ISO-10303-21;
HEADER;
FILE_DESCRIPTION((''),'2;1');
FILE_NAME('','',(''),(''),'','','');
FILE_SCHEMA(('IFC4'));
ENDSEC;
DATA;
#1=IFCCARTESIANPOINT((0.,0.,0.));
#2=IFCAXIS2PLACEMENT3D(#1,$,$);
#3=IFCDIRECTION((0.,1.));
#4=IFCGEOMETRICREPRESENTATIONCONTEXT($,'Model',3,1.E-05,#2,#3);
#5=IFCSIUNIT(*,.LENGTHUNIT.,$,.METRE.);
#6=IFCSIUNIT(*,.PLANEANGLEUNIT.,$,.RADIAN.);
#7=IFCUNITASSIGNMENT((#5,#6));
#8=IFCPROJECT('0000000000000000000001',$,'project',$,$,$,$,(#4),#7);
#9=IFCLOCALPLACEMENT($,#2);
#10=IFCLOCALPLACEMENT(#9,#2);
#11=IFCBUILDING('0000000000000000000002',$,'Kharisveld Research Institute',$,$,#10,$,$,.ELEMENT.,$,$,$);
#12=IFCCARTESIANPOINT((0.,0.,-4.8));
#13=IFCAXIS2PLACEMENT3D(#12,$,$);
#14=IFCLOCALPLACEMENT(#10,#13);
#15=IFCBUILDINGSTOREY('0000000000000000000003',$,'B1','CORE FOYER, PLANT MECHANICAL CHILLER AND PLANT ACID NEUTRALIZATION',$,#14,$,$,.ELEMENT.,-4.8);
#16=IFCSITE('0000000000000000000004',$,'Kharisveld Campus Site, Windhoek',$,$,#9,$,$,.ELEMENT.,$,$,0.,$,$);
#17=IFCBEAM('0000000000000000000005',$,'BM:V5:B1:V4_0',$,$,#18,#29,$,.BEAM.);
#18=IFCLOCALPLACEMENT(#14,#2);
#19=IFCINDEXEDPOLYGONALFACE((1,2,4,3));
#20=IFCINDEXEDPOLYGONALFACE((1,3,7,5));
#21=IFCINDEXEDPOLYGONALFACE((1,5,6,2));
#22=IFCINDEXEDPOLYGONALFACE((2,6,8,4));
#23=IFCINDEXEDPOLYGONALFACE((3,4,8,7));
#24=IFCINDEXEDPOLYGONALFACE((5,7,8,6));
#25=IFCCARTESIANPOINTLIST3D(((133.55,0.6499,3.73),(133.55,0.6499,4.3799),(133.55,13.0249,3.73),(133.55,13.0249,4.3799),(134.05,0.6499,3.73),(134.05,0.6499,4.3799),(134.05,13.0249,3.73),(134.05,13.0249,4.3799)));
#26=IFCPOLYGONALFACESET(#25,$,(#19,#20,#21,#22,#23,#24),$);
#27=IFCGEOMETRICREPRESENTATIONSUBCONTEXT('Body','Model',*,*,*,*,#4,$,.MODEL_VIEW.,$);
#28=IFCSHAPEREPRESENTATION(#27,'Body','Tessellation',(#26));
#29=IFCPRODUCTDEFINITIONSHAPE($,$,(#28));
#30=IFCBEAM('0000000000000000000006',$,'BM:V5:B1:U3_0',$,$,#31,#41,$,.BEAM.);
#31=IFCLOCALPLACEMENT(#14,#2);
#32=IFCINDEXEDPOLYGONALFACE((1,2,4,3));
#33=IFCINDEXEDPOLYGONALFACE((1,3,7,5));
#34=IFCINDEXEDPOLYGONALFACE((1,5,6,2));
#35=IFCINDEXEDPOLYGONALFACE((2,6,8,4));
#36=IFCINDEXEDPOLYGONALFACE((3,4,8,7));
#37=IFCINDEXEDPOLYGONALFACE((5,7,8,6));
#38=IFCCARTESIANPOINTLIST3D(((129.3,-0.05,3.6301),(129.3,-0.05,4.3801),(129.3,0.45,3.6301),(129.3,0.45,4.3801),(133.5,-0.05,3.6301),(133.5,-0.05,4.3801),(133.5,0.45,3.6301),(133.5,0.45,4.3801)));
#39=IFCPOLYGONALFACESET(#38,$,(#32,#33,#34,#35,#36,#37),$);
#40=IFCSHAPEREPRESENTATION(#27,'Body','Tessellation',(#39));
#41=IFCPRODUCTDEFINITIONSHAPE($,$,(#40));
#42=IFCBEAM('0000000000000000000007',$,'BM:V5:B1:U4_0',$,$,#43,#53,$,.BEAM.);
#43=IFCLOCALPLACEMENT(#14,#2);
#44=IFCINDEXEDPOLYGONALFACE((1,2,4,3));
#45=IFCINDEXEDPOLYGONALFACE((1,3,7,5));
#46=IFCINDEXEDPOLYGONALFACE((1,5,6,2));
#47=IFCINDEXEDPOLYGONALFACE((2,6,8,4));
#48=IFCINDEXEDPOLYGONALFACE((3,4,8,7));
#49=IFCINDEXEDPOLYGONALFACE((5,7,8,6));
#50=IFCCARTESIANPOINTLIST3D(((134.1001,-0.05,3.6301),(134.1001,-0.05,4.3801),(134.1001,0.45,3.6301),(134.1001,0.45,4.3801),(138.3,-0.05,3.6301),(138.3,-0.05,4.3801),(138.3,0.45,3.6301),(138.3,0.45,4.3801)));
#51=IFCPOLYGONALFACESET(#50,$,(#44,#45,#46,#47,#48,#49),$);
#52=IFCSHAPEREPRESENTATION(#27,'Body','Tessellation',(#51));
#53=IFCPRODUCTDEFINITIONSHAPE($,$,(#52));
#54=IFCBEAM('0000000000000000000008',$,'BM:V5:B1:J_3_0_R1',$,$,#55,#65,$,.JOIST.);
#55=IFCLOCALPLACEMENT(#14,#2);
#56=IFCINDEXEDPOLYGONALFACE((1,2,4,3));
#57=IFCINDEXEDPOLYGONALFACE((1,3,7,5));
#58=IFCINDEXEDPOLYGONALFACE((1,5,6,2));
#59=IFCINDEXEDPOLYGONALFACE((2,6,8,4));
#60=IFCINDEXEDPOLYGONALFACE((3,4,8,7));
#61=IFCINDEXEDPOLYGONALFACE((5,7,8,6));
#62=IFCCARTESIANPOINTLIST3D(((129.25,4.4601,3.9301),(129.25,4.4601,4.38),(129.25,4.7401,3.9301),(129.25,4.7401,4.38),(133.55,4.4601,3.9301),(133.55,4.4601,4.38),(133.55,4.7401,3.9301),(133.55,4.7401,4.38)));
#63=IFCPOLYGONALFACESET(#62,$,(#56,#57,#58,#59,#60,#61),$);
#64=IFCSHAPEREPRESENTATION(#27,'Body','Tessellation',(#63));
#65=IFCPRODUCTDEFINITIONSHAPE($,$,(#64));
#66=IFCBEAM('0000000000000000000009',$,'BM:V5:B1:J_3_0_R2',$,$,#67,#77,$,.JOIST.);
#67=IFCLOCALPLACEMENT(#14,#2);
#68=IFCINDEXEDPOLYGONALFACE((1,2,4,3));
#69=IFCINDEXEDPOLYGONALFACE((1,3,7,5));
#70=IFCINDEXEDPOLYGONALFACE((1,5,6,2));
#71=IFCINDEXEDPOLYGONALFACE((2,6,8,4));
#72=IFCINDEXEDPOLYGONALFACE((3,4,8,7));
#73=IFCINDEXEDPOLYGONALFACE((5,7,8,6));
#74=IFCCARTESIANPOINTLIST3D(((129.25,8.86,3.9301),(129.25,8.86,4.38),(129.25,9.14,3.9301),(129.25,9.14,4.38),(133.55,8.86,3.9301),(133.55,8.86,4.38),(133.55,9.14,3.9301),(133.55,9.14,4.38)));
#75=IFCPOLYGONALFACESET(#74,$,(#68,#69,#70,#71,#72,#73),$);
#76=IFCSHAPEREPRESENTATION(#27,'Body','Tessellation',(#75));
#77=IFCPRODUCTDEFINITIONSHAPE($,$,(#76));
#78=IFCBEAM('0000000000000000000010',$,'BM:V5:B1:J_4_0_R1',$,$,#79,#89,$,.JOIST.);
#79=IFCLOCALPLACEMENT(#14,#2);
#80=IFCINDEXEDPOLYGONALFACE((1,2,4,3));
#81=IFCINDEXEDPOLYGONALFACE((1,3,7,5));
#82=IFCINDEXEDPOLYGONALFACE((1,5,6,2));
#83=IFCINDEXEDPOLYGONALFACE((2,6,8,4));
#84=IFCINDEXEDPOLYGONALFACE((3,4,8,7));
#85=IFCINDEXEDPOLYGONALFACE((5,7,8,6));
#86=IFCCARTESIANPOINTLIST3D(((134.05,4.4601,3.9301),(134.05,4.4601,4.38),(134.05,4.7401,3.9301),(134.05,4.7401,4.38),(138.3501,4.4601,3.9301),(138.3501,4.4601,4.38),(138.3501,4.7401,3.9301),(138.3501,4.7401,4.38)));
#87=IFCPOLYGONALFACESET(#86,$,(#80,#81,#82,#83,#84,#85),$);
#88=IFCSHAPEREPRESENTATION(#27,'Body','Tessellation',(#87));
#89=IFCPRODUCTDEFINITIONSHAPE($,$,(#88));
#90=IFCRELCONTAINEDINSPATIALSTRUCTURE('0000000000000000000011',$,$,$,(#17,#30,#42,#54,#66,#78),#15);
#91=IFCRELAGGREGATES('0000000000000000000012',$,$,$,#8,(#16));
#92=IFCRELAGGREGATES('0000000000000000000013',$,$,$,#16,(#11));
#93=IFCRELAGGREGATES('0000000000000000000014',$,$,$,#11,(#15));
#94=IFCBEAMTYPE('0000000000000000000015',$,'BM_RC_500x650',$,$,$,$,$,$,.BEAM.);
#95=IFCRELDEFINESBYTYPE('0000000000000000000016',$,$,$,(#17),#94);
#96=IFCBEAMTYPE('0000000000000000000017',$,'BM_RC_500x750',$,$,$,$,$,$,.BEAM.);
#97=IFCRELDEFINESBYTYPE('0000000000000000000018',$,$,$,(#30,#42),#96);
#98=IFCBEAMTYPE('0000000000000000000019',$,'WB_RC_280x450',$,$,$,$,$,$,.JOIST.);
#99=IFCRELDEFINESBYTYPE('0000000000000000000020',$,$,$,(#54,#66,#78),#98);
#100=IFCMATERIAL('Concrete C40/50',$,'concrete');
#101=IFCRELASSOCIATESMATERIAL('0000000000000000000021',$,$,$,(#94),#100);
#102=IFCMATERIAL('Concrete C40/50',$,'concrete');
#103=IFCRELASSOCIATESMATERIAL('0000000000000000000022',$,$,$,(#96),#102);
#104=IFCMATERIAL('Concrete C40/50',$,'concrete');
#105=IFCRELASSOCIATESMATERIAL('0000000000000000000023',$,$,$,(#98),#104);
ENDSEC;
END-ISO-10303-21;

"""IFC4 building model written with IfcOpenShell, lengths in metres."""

from ifc_helpers import new_model, si_unit, direction, frame, origin, origin_2d, place, context, subcontext, project, spatial, rectangle, extrude, material, material_profile, profile_set, type_object, element, save


model = new_model("IFC4")

# Units and contexts
model_context = context("Model", 3, precision=1e-05, world=origin(), true_north=direction((0.0, 1.0)))
body_context = subcontext(model_context, "Body", "Model", "MODEL_VIEW")
ifc_project = project(units=[si_unit("LENGTHUNIT", "METRE"), si_unit("PLANEANGLEUNIT", "RADIAN")], contexts=[model_context])

# Site, building, storey
site_placement = place(None, origin())
site = spatial("IfcSite", under=ifc_project, at=site_placement, Name="Kharisveld Campus Site, Windhoek", CompositionType="ELEMENT", RefElevation=0.0)
building_placement = place(site_placement, origin())
building = spatial("IfcBuilding", under=site, at=building_placement, Name="Kharisveld Research Institute", CompositionType="ELEMENT")
storey_placement = place(building_placement, frame((0.0, 0.0, -4.8)))
storey = spatial("IfcBuildingStorey", under=building, at=storey_placement, Name="B1", Description="CORE FOYER, PLANT MECHANICAL CHILLER AND PLANT ACID NEUTRALIZATION", CompositionType="ELEMENT", Elevation=-4.8)

# Beams
ifc_material_1 = material(Name="Concrete C40/50", Category="concrete")
ifc_material_profile_1 = material_profile(ifc_material_1, rectangle(XDim=0.5, YDim=0.6499, at=origin_2d()))
ifc_profile_set_1 = profile_set([ifc_material_profile_1], Name="Concrete C40/50")
beam_type_1 = type_object("IfcBeamType", Name="BM_RC_500x650", PredefinedType="BEAM", material=ifc_profile_set_1)
for number, where, z_axis, x_axis, name in (
    (1, (133.8, 0.6499, 4.0549), (0.0, 1.0, 0.0), (-1.0, 0.0, 0.0), "BM:V5:B1:V4_0"),
):
    element("IfcBeam", number, at=place(storey_placement, frame(where, z_axis=z_axis, x_axis=x_axis)), inside=storey, type_object=beam_type_1, Name=name, PredefinedType="BEAM", context=body_context, shape_type="SweptSolid", body=[
        extrude(rectangle(XDim=0.5, YDim=0.6499, at=origin_2d()), origin(), (0.0, 0.0, 1.0), 12.375),
    ])
ifc_material_2 = material(Name="Concrete C40/50", Category="concrete")
ifc_material_profile_2 = material_profile(ifc_material_2, rectangle(XDim=0.5, YDim=0.75, at=origin_2d()))
ifc_profile_set_2 = profile_set([ifc_material_profile_2], Name="Concrete C40/50")
beam_type_2 = type_object("IfcBeamType", Name="BM_RC_500x750", PredefinedType="BEAM", material=ifc_profile_set_2)
for number, where, z_axis, x_axis, name in (
    (2, (129.3, 0.2, 4.0051), (1.0, 0.0, 0.0), (0.0, 1.0, 0.0), "BM:V5:B1:U3_0"),
    (3, (134.1001, 0.2, 4.0051), (1.0, 0.0, 0.0), (0.0, 1.0, 0.0), "BM:V5:B1:U4_0"),
):
    element("IfcBeam", number, at=place(storey_placement, frame(where, z_axis=z_axis, x_axis=x_axis)), inside=storey, type_object=beam_type_2, Name=name, PredefinedType="BEAM", context=body_context, shape_type="SweptSolid", body=[
        extrude(rectangle(XDim=0.5, YDim=0.75, at=origin_2d()), origin(), (0.0, 0.0, 1.0), 4.2),
    ])
ifc_material_3 = material(Name="Concrete C40/50", Category="concrete")
ifc_material_profile_3 = material_profile(ifc_material_3, rectangle(XDim=0.28, YDim=0.45, at=origin_2d()))
ifc_profile_set_3 = profile_set([ifc_material_profile_3], Name="Concrete C40/50")
beam_type_3 = type_object("IfcBeamType", Name="WB_RC_280x450", PredefinedType="JOIST", material=ifc_profile_set_3)
for number, where, z_axis, x_axis, name in (
    (4, (129.25, 4.6001, 4.155), (1.0, 0.0, 0.0), (0.0, 1.0, 0.0), "BM:V5:B1:J_3_0_R1"),
    (5, (129.25, 9.0, 4.155), (1.0, 0.0, 0.0), (0.0, 1.0, 0.0), "BM:V5:B1:J_3_0_R2"),
    (6, (134.05, 4.6001, 4.155), (1.0, 0.0, 0.0), (0.0, 1.0, 0.0), "BM:V5:B1:J_4_0_R1"),
):
    element("IfcBeam", number, at=place(storey_placement, frame(where, z_axis=z_axis, x_axis=x_axis)), inside=storey, type_object=beam_type_3, Name=name, PredefinedType="JOIST", context=body_context, shape_type="SweptSolid", body=[
        extrude(rectangle(XDim=0.28, YDim=0.45, at=origin_2d()), origin(), (0.0, 0.0, 1.0), 4.3),
    ])

save(model, "model.ifc")
